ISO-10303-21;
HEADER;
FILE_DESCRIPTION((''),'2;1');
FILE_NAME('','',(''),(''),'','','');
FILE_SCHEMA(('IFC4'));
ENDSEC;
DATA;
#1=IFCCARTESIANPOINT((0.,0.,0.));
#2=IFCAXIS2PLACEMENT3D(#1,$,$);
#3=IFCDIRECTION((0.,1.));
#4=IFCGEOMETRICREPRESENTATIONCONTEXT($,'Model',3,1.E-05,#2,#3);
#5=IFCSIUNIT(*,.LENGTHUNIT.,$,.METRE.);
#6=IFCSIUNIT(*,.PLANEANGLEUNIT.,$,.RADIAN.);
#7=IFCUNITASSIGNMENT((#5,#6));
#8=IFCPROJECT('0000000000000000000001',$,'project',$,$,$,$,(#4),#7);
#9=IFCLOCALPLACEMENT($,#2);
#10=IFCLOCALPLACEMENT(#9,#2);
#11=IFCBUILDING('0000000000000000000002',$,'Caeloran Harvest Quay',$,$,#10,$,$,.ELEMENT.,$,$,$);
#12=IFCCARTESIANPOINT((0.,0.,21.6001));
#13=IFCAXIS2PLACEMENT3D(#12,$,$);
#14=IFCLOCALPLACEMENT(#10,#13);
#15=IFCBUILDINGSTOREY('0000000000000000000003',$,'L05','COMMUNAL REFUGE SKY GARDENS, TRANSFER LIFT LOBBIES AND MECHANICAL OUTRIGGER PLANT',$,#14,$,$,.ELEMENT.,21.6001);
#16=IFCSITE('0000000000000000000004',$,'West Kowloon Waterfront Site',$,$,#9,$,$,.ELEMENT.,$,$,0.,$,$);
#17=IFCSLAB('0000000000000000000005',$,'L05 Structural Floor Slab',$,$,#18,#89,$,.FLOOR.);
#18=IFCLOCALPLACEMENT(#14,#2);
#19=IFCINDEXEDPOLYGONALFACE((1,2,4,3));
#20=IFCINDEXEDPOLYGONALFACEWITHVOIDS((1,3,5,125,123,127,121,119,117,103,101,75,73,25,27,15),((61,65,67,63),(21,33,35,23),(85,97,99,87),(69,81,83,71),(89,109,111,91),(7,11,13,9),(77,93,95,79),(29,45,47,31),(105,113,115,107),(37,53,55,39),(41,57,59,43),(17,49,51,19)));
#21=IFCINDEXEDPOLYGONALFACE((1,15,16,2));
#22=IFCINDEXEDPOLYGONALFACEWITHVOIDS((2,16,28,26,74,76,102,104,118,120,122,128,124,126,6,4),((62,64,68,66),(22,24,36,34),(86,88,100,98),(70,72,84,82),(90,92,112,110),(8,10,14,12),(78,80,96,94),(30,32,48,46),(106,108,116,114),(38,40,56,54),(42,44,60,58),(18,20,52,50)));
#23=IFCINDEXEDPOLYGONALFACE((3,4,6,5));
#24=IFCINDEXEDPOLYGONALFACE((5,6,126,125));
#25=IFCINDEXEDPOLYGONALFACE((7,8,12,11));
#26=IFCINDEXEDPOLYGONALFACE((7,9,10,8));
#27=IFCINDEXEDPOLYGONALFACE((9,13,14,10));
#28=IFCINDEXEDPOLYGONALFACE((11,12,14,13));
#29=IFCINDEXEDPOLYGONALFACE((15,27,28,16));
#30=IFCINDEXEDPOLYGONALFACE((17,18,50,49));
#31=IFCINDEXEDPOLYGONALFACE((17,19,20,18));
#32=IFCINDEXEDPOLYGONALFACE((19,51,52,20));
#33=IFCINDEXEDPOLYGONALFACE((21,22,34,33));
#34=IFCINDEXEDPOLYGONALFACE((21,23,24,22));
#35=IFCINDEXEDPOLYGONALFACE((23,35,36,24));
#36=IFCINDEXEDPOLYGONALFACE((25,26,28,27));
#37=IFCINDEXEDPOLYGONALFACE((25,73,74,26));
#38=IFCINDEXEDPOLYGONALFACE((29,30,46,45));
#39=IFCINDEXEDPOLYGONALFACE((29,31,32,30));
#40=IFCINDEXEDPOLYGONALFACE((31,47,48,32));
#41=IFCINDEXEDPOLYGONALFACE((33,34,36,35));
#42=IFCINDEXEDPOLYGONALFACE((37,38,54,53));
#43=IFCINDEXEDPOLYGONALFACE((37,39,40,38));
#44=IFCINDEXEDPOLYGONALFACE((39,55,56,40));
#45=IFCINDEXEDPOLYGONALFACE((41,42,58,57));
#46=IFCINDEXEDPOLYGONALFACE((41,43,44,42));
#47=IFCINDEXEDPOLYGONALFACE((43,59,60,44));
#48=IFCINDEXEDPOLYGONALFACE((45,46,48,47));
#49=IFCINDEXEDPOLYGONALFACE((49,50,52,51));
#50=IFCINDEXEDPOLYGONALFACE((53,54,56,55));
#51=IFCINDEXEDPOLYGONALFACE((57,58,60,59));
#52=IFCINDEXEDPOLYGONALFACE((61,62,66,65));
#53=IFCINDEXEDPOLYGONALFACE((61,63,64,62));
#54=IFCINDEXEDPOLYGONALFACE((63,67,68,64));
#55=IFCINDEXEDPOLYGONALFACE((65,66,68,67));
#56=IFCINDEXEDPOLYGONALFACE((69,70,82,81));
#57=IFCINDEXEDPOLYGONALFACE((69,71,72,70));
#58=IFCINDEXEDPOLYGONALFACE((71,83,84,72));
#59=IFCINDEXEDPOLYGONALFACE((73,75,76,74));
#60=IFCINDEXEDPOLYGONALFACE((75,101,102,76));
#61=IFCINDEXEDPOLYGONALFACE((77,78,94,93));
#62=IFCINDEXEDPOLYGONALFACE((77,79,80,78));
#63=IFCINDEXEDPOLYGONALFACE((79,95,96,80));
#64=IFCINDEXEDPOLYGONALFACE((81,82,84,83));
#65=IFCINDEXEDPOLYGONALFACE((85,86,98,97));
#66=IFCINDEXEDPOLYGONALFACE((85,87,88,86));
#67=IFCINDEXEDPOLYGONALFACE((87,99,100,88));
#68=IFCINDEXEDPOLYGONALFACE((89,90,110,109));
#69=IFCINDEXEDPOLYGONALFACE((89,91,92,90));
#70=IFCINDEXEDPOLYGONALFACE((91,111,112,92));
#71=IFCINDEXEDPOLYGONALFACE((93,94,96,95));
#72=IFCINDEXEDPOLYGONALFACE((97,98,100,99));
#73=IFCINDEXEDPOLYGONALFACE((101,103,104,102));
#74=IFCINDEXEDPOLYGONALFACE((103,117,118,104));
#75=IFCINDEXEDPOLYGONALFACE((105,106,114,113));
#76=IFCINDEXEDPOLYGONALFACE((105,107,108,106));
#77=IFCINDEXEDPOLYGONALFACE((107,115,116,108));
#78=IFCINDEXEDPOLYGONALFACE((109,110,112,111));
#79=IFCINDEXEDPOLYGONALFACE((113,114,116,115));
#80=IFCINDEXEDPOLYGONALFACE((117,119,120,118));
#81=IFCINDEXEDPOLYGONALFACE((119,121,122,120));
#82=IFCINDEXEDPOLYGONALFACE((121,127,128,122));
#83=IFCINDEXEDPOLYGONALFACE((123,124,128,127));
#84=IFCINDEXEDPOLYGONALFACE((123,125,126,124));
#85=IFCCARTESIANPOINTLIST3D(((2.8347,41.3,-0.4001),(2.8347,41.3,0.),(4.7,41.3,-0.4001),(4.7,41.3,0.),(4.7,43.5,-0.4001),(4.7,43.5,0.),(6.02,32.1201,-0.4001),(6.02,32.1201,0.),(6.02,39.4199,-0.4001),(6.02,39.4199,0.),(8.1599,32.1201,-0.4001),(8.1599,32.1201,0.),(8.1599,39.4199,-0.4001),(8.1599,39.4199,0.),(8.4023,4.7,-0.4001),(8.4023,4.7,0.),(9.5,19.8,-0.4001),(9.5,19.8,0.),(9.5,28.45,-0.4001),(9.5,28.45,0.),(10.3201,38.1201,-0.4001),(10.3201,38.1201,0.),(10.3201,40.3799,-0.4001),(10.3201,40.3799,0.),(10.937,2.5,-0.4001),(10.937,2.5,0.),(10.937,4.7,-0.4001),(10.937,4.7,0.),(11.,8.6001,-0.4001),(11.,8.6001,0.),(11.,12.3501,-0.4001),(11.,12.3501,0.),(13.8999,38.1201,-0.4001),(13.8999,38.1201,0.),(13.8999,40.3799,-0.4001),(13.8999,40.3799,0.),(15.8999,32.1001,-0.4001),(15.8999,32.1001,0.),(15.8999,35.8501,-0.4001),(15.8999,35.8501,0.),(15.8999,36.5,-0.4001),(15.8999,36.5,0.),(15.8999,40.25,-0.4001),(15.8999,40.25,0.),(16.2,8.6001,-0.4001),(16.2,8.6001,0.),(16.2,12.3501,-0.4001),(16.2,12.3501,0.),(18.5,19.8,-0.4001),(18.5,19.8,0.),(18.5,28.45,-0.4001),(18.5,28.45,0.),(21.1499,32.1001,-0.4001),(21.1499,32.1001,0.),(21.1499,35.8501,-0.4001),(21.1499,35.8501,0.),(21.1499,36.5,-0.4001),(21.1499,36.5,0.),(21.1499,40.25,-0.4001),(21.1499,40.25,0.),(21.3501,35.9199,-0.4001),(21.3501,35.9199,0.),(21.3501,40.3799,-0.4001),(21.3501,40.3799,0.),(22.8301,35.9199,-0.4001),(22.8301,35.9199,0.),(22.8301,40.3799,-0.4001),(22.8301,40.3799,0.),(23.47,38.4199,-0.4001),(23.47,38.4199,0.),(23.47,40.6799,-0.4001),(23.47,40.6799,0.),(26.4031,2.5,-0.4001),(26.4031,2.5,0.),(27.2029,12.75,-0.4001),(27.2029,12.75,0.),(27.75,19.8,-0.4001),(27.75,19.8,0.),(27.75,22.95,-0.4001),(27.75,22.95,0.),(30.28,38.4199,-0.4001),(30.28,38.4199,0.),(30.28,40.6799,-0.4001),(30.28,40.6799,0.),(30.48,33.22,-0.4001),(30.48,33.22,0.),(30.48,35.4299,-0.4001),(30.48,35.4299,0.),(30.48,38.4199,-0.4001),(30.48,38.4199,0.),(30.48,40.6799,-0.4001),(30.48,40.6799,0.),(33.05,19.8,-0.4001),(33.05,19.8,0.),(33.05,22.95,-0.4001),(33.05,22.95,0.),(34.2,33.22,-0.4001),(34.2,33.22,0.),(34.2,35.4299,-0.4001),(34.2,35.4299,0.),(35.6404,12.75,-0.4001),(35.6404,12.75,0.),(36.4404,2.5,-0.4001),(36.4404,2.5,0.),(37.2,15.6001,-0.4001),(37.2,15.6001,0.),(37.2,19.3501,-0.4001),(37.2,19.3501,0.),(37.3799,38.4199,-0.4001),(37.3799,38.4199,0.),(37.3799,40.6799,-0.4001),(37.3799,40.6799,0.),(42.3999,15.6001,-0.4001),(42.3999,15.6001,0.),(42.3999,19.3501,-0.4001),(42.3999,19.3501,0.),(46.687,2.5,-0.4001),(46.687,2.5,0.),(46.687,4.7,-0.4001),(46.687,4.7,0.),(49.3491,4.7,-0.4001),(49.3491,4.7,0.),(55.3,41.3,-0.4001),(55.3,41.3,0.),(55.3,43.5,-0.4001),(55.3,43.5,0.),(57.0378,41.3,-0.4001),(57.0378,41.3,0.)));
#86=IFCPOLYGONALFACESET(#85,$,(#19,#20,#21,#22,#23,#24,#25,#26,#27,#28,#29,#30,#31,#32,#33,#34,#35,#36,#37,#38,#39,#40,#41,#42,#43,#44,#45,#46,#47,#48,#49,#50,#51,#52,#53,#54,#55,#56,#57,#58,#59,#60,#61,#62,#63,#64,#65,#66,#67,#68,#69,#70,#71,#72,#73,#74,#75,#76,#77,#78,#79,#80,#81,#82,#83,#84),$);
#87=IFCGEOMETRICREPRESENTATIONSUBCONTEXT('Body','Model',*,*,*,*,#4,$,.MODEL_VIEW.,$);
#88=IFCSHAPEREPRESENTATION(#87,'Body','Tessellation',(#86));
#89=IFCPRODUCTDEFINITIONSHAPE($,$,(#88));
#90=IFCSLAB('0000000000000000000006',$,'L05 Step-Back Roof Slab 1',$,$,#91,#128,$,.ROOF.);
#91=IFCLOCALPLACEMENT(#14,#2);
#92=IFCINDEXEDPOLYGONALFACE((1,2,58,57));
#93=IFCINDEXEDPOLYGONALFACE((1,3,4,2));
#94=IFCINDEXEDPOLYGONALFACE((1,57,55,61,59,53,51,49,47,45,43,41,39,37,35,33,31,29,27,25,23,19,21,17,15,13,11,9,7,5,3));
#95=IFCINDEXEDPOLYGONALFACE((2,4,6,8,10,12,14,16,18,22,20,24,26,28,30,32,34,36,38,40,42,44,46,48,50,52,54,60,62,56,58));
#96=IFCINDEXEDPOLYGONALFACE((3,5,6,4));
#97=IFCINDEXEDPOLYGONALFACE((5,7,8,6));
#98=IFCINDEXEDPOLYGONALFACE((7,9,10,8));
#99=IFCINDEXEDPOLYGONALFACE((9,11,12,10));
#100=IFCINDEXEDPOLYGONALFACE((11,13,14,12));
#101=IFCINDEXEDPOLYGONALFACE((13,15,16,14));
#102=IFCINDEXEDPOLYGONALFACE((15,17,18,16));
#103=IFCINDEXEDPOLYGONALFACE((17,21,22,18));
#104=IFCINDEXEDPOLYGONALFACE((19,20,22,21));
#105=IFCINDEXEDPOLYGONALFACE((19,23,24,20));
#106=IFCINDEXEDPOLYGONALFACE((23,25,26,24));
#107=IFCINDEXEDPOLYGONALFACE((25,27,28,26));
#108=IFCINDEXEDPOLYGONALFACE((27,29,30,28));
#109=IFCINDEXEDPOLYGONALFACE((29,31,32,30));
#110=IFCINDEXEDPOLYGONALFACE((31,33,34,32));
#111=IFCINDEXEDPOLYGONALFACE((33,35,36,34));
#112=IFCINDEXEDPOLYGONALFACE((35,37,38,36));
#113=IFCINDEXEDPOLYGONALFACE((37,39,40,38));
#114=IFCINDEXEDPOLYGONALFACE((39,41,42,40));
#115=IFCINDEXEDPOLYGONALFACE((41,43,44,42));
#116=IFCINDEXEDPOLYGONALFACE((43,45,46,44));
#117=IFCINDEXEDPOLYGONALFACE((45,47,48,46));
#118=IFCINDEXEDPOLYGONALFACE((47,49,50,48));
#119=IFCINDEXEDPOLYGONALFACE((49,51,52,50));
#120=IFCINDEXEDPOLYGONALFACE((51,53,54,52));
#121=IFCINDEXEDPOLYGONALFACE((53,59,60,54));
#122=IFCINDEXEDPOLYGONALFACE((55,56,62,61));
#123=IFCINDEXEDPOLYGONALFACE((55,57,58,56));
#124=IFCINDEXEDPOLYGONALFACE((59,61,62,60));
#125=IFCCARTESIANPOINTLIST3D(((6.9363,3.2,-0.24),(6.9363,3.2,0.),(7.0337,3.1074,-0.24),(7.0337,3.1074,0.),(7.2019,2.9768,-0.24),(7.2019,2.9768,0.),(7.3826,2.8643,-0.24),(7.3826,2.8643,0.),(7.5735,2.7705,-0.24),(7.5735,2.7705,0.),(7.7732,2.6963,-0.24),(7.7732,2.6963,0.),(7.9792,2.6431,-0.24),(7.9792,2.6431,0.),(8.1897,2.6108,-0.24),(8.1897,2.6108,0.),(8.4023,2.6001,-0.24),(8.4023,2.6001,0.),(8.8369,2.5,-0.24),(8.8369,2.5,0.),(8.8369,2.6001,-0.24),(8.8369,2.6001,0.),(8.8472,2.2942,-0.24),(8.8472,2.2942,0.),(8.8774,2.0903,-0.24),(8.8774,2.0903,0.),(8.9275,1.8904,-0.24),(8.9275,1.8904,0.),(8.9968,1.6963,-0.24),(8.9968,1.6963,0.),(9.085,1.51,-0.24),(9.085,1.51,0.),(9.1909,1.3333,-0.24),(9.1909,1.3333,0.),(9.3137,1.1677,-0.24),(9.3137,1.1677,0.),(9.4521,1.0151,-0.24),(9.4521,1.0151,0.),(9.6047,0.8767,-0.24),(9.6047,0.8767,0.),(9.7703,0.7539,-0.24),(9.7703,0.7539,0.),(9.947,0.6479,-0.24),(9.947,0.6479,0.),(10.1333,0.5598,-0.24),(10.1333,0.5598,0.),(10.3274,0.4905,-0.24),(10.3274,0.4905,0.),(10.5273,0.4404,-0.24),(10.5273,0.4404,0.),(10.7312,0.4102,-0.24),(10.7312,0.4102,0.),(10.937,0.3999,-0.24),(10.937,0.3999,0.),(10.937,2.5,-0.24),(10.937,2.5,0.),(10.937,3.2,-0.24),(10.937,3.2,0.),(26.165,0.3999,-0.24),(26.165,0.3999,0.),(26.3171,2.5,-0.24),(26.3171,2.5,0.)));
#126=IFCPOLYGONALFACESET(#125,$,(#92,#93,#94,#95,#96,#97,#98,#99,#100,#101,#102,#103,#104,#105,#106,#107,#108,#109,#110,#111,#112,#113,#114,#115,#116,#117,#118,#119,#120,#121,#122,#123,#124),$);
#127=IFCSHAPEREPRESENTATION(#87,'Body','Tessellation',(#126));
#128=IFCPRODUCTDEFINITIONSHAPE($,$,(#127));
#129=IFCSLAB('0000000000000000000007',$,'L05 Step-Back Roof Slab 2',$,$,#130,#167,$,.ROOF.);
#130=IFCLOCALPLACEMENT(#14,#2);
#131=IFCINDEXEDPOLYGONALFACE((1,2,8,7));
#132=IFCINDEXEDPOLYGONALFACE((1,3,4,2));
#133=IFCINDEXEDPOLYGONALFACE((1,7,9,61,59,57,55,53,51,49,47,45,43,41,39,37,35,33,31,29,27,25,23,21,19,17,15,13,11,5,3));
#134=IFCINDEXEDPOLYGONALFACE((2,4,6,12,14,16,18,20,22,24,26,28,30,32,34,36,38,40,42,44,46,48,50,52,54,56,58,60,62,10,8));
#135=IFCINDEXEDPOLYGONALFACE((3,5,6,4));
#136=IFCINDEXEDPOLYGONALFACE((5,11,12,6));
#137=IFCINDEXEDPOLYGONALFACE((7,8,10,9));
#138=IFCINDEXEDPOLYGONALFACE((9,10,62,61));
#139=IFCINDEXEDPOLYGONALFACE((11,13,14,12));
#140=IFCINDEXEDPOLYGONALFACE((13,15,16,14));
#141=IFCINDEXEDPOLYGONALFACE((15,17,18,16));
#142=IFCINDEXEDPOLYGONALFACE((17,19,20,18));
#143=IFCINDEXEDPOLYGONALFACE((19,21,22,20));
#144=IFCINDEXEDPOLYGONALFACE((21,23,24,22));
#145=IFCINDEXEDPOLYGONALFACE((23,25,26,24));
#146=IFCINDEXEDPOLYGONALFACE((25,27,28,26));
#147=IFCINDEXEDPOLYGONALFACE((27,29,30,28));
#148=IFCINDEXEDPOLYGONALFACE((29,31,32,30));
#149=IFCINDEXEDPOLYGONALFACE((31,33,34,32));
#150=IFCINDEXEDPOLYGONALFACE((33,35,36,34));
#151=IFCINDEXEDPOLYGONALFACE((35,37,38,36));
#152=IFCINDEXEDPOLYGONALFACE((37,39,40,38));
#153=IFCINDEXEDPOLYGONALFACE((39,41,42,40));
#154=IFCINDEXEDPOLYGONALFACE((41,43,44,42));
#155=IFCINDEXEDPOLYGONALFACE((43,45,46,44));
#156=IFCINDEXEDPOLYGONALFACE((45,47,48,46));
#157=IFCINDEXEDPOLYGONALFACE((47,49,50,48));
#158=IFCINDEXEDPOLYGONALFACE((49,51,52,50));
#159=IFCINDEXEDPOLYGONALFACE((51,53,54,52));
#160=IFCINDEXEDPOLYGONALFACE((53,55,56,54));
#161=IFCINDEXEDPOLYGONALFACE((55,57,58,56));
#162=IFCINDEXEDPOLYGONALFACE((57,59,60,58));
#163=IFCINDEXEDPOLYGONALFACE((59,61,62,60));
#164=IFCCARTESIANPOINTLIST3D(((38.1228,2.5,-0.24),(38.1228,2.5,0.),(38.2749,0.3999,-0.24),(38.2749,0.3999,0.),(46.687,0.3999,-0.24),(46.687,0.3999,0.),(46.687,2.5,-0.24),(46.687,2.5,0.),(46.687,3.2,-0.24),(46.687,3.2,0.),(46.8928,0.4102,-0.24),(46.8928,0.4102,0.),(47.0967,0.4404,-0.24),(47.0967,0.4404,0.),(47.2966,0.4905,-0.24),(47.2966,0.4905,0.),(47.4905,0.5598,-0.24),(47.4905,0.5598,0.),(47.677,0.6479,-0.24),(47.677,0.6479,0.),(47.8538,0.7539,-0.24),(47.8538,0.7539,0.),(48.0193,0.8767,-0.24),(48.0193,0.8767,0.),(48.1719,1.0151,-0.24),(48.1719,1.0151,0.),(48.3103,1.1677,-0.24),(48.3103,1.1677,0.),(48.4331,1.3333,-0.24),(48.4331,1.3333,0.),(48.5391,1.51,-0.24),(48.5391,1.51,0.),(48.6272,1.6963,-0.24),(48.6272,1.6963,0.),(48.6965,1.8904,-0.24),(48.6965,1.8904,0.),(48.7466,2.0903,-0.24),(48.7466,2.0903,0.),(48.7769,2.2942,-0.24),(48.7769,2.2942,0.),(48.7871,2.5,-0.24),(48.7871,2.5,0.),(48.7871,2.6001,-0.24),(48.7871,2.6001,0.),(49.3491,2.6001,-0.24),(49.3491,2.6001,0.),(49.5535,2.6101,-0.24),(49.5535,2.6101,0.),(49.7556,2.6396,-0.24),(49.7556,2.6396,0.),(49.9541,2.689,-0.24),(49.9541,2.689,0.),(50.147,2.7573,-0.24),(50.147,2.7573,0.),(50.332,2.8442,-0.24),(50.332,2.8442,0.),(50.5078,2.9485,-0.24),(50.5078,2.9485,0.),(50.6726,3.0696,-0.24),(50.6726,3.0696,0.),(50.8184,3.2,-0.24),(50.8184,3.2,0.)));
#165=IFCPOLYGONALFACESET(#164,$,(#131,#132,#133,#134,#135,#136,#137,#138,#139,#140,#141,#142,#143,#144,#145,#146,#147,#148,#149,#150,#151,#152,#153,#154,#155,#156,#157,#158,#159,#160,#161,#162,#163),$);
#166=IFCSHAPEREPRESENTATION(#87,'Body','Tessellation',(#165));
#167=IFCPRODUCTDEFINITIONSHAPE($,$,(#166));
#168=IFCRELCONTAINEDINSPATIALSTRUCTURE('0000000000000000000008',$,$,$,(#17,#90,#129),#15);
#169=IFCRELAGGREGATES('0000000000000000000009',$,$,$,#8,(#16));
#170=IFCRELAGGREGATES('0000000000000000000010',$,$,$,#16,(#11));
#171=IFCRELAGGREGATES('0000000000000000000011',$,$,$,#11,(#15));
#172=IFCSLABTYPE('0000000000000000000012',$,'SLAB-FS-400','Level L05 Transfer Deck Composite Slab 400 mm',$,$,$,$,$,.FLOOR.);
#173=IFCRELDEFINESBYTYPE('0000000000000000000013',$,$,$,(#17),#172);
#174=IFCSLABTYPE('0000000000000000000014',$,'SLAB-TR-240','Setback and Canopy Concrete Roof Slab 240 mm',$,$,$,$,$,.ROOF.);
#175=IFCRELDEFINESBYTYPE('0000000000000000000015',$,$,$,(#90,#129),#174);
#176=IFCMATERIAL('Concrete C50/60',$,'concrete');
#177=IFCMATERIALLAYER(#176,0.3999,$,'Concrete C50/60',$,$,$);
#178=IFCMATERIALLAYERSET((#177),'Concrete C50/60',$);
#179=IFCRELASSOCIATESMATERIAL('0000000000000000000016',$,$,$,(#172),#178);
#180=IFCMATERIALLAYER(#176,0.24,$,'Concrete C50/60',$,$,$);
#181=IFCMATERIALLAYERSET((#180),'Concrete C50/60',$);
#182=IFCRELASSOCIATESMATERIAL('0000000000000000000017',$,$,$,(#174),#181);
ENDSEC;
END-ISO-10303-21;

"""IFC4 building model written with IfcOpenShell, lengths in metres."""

from ifc_helpers import new_model, si_unit, direction, frame, origin, place, context, subcontext, project, spatial, polyline, outline, extrude, material, layer, layer_set, type_object, element, save


model = new_model("IFC4")

# Units and contexts
model_context = context("Model", 3, precision=1e-05, world=origin(), true_north=direction((0.0, 1.0)))
body_context = subcontext(model_context, "Body", "Model", "MODEL_VIEW")
ifc_project = project(units=[si_unit("LENGTHUNIT", "METRE"), si_unit("PLANEANGLEUNIT", "RADIAN")], contexts=[model_context])

# Site, building, storey
site_placement = place(None, origin())
site = spatial("IfcSite", under=ifc_project, at=site_placement, Name="West Kowloon Waterfront Site", CompositionType="ELEMENT", RefElevation=0.0)
building_placement = place(site_placement, origin())
building = spatial("IfcBuilding", under=site, at=building_placement, Name="Caeloran Harvest Quay", CompositionType="ELEMENT")
storey_placement = place(building_placement, frame((0.0, 0.0, 21.6001)))
storey = spatial("IfcBuildingStorey", under=building, at=storey_placement, Name="L05", Description="COMMUNAL REFUGE SKY GARDENS, TRANSFER LIFT LOBBIES AND MECHANICAL OUTRIGGER PLANT", CompositionType="ELEMENT", Elevation=21.6001)

# Slabs
ifc_material_1 = material(Name="Concrete C50/60", Category="concrete")
ifc_layer_1 = layer(ifc_material_1, 0.3999, Name="Concrete C50/60")
ifc_layer_set_1 = layer_set([ifc_layer_1], Name="Concrete C50/60")
slab_type_1 = type_object("IfcSlabType", Name="SLAB-FS-400", Description="Level L05 Transfer Deck Composite Slab 400 mm", PredefinedType="FLOOR", material=ifc_layer_set_1)
slab_1_placement = place(storey_placement, frame((0.0, 0.0, -0.4001)))
element("IfcSlab", 1, at=slab_1_placement, inside=storey, type_object=slab_type_1, Name="L05 Structural Floor Slab", PredefinedType="FLOOR", context=body_context, shape_type="SweptSolid", body=[
    extrude(outline(polyline([(10.937, 2.5), (26.4031, 2.5), (27.2029, 12.75), (35.6404, 12.75), (36.4404, 2.5), (46.687, 2.5), (46.687, 4.7), (49.3491, 4.7), (57.0378, 41.3), (55.3, 41.3), (55.3, 43.5), (4.7, 43.5), (4.7, 41.3), (2.8347, 41.3), (8.4023, 4.7), (10.937, 4.7), (10.937, 2.5)]), holes=[polyline([(11.0, 8.6001), (11.0, 12.3501), (16.2, 12.3501), (16.2, 8.6001), (11.0, 8.6001)]), polyline([(9.5, 19.8), (9.5, 28.45), (18.5, 28.45), (18.5, 19.8), (9.5, 19.8)]), polyline([(15.8999, 35.8501), (21.1499, 35.8501), (21.1499, 32.1001), (15.8999, 32.1001), (15.8999, 35.8501)]), polyline([(8.1599, 32.1201), (6.02, 32.1201), (6.02, 39.4199), (8.1599, 39.4199), (8.1599, 32.1201)]), polyline([(15.8999, 40.25), (21.1499, 40.25), (21.1499, 36.5), (15.8999, 36.5), (15.8999, 40.25)]), polyline([(10.3201, 38.1201), (10.3201, 40.3799), (13.8999, 40.3799), (13.8999, 38.1201), (10.3201, 38.1201)]), polyline([(37.2, 15.6001), (37.2, 19.3501), (42.3999, 19.3501), (42.3999, 15.6001), (37.2, 15.6001)]), polyline([(27.75, 22.95), (33.05, 22.95), (33.05, 19.8), (27.75, 19.8), (27.75, 22.95)]), polyline([(30.48, 33.22), (30.48, 35.4299), (34.2, 35.4299), (34.2, 33.22), (30.48, 33.22)]), polyline([(22.8301, 35.9199), (21.3501, 35.9199), (21.3501, 40.3799), (22.8301, 40.3799), (22.8301, 35.9199)]), polyline([(23.47, 38.4199), (23.47, 40.6799), (30.28, 40.6799), (30.28, 38.4199), (23.47, 38.4199)]), polyline([(30.48, 38.4199), (30.48, 40.6799), (37.3799, 40.6799), (37.3799, 38.4199), (30.48, 38.4199)])]), origin(), (0.0, 0.0, 1.0), 0.4001),
])
ifc_layer_2 = layer(ifc_material_1, 0.24, Name="Concrete C50/60")
ifc_layer_set_2 = layer_set([ifc_layer_2], Name="Concrete C50/60")
slab_type_2 = type_object("IfcSlabType", Name="SLAB-TR-240", Description="Setback and Canopy Concrete Roof Slab 240 mm", PredefinedType="ROOF", material=ifc_layer_set_2)
slab_2_placement = place(storey_placement, frame((0.0, 0.0, -0.24)))
element("IfcSlab", 2, at=slab_2_placement, inside=storey, type_object=slab_type_2, Name="L05 Step-Back Roof Slab 1", PredefinedType="ROOF", context=body_context, shape_type="SweptSolid", body=[
    extrude(outline(polyline([(8.9968, 1.6963), (8.9275, 1.8904), (8.8774, 2.0903), (8.8472, 2.2942), (8.8369, 2.5), (8.8369, 2.6001), (8.4023, 2.6001), (8.1897, 2.6108), (7.9792, 2.6431), (7.7732, 2.6963), (7.5735, 2.7705), (7.3826, 2.8643), (7.2019, 2.9768), (7.0337, 3.1074), (6.9363, 3.2), (10.937, 3.2), (10.937, 2.5), (26.3171, 2.5), (26.165, 0.3999), (10.937, 0.3999), (10.7312, 0.4102), (10.5273, 0.4404), (10.3274, 0.4905), (10.1333, 0.5598), (9.947, 0.6479), (9.7703, 0.7539), (9.6047, 0.8767), (9.4521, 1.0151), (9.3137, 1.1677), (9.1909, 1.3333), (9.085, 1.51), (8.9968, 1.6963)])), origin(), (0.0, 0.0, 1.0), 0.24),
])
slab_3_placement = place(storey_placement, frame((0.0, 0.0, -0.24)))
element("IfcSlab", 3, at=slab_3_placement, inside=storey, type_object=slab_type_2, Name="L05 Step-Back Roof Slab 2", PredefinedType="ROOF", context=body_context, shape_type="SweptSolid", body=[
    extrude(outline(polyline([(50.6726, 3.0696), (50.5078, 2.9485), (50.332, 2.8442), (50.147, 2.7573), (49.9541, 2.689), (49.7556, 2.6396), (49.5535, 2.6101), (49.3491, 2.6001), (48.7871, 2.6001), (48.7871, 2.5), (48.7769, 2.2942), (48.7466, 2.0903), (48.6965, 1.8904), (48.6272, 1.6963), (48.5391, 1.51), (48.4331, 1.3333), (48.3103, 1.1677), (48.1719, 1.0151), (48.0193, 0.8767), (47.8538, 0.7539), (47.677, 0.6479), (47.4905, 0.5598), (47.2966, 0.4905), (47.0967, 0.4404), (46.8928, 0.4102), (46.687, 0.3999), (38.2749, 0.3999), (38.1228, 2.5), (46.687, 2.5), (46.687, 3.2), (50.8184, 3.2), (50.6726, 3.0696)])), origin(), (0.0, 0.0, 1.0), 0.24),
])

save(model, "model.ifc")
